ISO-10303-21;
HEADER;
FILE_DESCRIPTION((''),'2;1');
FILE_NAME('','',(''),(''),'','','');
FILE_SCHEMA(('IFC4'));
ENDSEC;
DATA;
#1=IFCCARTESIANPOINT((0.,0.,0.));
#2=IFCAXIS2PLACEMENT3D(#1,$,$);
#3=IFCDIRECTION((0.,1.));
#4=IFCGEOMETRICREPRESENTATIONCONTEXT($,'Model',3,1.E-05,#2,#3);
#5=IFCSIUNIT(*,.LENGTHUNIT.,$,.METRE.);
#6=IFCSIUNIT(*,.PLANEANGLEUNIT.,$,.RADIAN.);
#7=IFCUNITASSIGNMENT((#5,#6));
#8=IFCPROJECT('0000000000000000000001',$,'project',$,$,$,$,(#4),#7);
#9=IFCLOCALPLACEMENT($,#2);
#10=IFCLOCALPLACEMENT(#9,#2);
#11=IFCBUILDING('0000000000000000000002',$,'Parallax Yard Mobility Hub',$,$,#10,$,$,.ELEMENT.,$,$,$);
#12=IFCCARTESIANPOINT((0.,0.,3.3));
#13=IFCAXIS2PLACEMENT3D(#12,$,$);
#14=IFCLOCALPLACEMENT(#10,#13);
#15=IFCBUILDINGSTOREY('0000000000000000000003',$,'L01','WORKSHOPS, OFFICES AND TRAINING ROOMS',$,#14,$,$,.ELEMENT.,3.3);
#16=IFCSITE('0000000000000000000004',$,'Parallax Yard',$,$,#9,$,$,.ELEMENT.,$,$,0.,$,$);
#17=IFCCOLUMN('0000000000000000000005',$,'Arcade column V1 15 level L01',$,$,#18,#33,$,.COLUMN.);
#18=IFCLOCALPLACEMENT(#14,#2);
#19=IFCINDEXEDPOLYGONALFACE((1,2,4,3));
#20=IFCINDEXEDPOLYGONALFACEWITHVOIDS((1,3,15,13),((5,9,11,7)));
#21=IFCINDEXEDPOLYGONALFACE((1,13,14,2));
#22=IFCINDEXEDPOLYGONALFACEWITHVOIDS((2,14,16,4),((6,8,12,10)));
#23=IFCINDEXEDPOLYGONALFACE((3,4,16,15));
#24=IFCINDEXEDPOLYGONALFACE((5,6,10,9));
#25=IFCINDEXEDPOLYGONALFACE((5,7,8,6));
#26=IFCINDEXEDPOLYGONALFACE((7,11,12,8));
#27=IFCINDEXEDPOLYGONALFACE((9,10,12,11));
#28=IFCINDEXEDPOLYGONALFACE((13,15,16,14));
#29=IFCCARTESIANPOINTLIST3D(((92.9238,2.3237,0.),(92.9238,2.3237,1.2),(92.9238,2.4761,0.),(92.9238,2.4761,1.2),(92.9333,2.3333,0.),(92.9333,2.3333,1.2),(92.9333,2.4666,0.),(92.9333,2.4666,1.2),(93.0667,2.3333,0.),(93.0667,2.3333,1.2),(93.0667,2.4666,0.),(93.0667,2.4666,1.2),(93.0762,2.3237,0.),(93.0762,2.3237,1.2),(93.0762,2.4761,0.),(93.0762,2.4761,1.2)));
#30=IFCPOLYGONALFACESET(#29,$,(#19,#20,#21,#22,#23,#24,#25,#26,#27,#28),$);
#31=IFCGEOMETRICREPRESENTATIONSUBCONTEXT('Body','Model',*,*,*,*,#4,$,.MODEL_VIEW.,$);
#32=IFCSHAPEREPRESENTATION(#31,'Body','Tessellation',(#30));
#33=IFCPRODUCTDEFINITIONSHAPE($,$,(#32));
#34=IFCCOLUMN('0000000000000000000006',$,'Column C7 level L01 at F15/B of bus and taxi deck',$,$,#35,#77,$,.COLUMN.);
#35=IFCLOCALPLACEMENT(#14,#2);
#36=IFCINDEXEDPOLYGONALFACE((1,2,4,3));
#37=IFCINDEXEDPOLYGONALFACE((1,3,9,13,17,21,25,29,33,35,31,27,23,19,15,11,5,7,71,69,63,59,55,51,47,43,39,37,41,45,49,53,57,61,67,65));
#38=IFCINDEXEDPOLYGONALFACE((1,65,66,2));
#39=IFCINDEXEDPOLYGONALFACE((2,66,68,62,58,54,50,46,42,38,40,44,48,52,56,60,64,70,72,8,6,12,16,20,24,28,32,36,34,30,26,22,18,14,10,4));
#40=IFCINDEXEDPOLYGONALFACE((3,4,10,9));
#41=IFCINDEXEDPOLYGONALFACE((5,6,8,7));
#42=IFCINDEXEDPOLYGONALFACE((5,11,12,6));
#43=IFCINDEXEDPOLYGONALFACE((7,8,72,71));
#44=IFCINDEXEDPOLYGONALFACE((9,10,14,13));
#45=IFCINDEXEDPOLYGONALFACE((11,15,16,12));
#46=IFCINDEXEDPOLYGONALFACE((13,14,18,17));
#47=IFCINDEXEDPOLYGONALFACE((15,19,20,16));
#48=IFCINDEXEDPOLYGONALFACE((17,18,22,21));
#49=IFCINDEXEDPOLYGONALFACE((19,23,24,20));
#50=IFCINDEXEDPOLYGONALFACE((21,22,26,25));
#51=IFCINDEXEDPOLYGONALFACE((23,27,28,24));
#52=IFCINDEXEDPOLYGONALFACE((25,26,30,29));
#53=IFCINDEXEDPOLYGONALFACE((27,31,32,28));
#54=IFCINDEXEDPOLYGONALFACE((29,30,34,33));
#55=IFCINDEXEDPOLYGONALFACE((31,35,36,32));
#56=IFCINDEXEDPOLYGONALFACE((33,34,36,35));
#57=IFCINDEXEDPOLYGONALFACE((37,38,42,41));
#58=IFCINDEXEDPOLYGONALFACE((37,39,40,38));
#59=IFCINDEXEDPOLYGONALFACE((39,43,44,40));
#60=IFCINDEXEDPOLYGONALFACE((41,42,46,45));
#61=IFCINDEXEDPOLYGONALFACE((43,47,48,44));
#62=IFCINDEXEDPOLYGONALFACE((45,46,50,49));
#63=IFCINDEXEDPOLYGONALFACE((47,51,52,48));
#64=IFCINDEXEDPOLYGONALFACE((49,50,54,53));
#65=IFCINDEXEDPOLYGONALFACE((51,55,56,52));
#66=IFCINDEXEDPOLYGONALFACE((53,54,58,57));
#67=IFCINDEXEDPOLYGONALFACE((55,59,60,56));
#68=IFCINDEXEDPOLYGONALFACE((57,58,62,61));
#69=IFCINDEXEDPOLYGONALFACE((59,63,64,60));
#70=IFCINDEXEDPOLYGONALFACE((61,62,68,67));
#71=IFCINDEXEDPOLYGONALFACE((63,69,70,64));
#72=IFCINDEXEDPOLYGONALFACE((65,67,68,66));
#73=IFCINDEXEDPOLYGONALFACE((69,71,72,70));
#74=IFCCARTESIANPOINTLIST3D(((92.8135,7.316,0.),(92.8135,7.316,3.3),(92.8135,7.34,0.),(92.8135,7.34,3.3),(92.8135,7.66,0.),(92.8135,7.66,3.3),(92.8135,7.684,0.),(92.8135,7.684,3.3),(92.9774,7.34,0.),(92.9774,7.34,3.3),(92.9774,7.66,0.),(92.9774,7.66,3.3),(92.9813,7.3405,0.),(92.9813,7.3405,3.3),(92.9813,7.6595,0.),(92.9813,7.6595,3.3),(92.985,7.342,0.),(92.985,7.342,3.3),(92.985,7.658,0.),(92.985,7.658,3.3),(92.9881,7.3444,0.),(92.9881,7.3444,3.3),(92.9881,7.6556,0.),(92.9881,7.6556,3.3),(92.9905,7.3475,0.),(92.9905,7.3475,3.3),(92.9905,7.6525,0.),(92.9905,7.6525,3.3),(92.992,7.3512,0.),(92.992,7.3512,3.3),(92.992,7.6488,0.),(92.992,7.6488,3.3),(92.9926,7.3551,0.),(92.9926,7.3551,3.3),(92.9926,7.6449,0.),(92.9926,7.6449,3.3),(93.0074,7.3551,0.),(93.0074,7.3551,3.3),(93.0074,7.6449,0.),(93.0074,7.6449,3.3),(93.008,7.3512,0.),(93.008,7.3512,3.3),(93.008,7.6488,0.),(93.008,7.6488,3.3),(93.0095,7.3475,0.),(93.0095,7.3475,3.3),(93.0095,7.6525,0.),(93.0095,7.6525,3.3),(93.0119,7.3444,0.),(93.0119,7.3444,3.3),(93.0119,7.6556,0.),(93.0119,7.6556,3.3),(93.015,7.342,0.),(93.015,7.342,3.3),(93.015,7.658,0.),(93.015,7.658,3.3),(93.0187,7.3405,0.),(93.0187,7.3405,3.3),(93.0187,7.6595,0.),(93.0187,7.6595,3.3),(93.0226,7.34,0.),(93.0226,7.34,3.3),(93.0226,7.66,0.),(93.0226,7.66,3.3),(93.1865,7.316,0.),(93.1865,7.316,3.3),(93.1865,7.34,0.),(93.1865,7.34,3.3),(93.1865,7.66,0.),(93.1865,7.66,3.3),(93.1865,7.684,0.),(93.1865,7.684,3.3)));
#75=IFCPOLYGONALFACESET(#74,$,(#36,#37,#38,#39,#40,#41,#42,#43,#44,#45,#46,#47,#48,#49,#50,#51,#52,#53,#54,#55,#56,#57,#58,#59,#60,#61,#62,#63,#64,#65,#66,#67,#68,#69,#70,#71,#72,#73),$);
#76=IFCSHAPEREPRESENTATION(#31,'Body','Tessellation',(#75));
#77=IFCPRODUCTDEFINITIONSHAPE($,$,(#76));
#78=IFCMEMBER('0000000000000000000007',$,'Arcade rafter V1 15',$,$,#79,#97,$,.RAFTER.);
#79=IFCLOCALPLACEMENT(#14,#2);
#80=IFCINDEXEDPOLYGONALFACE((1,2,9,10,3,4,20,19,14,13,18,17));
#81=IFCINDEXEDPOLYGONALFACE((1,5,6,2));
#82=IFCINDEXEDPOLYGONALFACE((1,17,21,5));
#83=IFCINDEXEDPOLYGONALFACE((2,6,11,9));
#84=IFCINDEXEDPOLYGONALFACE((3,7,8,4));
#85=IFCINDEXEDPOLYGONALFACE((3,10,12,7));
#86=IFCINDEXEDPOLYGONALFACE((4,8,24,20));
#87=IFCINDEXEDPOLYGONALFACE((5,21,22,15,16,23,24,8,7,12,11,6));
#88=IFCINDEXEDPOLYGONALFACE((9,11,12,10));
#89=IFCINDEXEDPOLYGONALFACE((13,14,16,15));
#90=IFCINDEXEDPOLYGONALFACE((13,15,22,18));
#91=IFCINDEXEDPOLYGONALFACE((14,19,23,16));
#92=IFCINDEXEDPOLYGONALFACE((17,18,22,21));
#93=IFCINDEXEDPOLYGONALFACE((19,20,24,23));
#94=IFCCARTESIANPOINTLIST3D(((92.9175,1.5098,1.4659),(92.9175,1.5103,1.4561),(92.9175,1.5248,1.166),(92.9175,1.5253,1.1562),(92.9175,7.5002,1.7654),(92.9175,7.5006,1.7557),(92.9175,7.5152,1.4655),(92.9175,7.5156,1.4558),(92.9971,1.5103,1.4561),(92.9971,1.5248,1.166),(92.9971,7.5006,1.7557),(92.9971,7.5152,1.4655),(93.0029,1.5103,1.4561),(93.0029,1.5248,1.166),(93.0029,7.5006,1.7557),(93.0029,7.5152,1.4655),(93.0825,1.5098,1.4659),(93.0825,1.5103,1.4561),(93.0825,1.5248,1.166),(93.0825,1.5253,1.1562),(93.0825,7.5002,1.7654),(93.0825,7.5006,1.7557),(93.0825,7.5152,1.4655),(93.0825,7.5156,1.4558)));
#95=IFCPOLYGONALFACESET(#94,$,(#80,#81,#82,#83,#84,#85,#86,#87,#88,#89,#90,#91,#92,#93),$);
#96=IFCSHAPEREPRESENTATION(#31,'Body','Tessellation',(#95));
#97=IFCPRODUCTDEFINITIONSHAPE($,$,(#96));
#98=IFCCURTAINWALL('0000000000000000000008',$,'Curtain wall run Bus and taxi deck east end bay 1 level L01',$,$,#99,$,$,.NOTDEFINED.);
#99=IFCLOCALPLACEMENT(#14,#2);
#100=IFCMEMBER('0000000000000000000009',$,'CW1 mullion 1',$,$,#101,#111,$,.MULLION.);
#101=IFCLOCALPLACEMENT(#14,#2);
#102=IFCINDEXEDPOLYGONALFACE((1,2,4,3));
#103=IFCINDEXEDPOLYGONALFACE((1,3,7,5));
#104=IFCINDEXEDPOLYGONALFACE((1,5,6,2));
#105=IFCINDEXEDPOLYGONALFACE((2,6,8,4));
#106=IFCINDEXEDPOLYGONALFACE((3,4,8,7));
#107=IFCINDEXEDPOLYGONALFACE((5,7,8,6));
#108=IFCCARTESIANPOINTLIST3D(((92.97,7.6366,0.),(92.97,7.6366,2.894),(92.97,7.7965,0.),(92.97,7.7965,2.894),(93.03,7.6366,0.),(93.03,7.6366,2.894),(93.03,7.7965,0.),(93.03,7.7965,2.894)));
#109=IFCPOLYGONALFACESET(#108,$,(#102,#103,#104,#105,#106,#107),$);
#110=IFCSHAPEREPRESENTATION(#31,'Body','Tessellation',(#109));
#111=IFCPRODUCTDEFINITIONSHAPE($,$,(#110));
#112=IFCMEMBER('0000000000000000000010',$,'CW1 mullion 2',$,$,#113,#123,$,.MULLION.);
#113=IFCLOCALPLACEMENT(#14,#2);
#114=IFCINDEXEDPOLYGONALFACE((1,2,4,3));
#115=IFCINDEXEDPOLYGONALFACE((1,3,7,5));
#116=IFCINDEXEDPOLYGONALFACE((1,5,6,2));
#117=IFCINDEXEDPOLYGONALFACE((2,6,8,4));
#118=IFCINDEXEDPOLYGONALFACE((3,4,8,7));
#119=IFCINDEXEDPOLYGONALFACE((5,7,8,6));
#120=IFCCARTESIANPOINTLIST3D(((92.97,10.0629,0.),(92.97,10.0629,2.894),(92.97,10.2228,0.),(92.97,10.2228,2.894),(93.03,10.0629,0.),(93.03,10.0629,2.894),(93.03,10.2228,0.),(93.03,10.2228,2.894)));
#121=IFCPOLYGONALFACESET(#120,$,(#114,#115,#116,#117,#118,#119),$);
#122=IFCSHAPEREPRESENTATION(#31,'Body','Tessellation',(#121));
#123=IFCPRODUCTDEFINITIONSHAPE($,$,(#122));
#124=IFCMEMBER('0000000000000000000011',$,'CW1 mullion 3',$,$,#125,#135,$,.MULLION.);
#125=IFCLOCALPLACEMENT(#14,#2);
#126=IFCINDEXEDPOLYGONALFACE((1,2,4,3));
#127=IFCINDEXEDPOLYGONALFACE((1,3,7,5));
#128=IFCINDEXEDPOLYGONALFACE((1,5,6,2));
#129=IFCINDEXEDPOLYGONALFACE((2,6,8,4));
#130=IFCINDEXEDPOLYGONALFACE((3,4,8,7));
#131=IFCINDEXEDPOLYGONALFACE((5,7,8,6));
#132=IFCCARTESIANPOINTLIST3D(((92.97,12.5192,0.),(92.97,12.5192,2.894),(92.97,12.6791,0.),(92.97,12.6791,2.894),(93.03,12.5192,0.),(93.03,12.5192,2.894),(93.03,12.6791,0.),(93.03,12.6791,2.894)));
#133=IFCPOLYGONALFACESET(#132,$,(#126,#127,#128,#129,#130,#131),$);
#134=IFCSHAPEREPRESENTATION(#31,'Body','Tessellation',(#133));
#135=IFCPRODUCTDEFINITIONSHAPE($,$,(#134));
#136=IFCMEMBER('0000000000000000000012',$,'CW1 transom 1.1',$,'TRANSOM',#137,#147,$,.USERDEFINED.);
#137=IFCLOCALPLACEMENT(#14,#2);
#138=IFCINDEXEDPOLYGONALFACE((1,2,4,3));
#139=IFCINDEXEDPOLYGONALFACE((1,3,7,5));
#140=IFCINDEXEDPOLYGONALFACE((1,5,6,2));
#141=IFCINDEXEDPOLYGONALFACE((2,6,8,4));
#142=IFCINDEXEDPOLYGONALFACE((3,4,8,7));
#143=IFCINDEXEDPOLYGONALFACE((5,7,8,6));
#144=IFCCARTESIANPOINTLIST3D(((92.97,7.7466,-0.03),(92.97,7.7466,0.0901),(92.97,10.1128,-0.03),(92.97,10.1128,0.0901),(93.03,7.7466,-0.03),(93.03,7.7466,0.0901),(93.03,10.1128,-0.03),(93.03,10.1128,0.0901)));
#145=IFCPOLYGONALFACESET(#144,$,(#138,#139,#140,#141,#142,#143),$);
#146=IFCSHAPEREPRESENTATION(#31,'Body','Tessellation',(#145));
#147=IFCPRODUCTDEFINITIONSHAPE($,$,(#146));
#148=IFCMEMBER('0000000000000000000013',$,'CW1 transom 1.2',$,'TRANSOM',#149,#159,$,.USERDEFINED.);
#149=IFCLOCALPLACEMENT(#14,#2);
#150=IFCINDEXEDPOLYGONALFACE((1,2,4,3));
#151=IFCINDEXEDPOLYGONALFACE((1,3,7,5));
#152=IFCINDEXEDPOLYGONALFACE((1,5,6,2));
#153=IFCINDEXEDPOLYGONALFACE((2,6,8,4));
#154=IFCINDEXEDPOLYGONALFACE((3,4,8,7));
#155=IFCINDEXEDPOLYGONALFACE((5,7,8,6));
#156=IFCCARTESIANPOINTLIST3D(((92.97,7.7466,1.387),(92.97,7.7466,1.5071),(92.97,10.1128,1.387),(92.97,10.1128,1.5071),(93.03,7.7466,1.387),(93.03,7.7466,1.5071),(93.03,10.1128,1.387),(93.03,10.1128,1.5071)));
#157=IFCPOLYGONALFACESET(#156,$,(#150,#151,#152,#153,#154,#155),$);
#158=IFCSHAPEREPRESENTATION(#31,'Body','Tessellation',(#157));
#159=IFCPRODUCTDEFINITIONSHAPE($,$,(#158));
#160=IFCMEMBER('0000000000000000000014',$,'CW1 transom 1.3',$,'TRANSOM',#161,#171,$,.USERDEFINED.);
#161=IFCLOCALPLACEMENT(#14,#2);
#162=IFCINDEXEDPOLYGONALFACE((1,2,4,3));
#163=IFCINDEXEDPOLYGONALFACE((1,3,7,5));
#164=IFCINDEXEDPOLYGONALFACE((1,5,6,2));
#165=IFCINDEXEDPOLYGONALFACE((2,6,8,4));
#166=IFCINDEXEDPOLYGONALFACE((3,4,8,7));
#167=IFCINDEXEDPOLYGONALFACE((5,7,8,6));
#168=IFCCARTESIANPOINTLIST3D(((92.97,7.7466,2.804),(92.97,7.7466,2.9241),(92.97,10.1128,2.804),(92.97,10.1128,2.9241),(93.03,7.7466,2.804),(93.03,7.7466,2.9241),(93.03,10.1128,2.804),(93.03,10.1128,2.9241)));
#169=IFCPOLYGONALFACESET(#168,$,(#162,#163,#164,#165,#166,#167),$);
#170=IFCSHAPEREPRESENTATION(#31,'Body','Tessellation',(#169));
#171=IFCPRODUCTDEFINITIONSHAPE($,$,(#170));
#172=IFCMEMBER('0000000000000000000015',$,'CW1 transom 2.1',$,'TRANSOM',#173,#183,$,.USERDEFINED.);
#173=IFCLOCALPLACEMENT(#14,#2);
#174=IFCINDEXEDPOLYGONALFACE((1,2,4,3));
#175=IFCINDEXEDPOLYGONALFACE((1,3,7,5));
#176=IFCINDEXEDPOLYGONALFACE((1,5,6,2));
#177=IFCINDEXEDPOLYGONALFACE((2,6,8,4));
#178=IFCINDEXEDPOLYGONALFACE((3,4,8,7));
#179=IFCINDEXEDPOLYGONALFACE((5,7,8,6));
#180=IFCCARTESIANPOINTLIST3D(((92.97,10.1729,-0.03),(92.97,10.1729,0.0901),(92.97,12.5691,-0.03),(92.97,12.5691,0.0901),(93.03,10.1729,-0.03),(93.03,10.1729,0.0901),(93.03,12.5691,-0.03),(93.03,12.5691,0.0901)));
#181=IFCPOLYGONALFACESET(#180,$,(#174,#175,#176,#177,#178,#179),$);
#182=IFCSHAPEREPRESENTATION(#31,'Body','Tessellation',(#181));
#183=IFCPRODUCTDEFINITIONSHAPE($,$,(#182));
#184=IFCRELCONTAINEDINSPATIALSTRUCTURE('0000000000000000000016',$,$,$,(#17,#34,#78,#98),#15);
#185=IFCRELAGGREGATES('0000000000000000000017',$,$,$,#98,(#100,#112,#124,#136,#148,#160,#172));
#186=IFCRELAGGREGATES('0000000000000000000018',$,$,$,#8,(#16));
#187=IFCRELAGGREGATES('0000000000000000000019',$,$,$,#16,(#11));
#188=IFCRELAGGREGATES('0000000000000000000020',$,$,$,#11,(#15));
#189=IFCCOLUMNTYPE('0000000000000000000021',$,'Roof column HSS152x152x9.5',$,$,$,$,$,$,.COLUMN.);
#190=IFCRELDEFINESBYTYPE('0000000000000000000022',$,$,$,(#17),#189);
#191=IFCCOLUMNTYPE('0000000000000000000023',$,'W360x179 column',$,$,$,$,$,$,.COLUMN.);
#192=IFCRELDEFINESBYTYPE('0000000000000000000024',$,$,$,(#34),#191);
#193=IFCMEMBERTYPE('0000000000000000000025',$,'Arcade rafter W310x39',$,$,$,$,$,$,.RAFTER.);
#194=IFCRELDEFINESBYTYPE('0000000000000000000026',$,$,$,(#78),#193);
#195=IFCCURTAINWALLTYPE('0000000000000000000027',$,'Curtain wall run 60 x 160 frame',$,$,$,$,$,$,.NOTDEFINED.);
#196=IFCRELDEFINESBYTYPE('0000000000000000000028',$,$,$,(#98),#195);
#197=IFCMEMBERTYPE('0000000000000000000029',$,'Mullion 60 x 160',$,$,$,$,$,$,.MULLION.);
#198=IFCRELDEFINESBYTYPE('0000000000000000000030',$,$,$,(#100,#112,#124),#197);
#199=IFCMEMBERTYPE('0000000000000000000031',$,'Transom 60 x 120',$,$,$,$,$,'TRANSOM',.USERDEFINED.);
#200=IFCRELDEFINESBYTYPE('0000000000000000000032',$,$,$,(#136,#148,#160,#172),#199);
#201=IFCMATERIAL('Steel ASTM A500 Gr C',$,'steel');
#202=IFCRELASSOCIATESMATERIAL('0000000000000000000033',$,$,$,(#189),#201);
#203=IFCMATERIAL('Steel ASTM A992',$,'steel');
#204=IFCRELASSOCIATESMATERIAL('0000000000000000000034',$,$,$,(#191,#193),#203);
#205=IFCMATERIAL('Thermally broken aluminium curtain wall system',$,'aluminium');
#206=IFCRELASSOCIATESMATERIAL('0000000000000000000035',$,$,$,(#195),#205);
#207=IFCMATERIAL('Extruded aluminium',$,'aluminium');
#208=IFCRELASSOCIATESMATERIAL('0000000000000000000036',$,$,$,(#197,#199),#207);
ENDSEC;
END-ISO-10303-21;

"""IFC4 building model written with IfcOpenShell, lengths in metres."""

from ifc_helpers import new_model, si_unit, direction, frame, origin, origin_2d, place, context, subcontext, project, spatial, rectangle, hollow_rectangle, i_section, extrude, material, material_profile, profile_set, type_object, element, aggregate, save


model = new_model("IFC4")

# Units and contexts
model_context = context("Model", 3, precision=1e-05, world=origin(), true_north=direction((0.0, 1.0)))
body_context = subcontext(model_context, "Body", "Model", "MODEL_VIEW")
ifc_project = project(units=[si_unit("LENGTHUNIT", "METRE"), si_unit("PLANEANGLEUNIT", "RADIAN")], contexts=[model_context])

# Site, building, storey
site_placement = place(None, origin())
site = spatial("IfcSite", under=ifc_project, at=site_placement, Name="Parallax Yard", CompositionType="ELEMENT", RefElevation=0.0)
building_placement = place(site_placement, origin())
building = spatial("IfcBuilding", under=site, at=building_placement, Name="Parallax Yard Mobility Hub", CompositionType="ELEMENT")
storey_placement = place(building_placement, frame((0.0, 0.0, 3.3)))
storey = spatial("IfcBuildingStorey", under=building, at=storey_placement, Name="L01", Description="WORKSHOPS, OFFICES AND TRAINING ROOMS", CompositionType="ELEMENT", Elevation=3.3)

# Columns
ifc_material_1 = material(Name="Steel ASTM A500 Gr C", Category="steel")
ifc_material_profile_1 = material_profile(ifc_material_1, hollow_rectangle(XDim=0.1523, YDim=0.1523, WallThickness=0.0095, at=origin_2d()), Name="HSS152x152x9.5")
ifc_profile_set_1 = profile_set([ifc_material_profile_1], Name="Steel ASTM A500 Gr C")
column_type_1 = type_object("IfcColumnType", Name="Roof column HSS152x152x9.5", PredefinedType="COLUMN", material=ifc_profile_set_1)
column_1_placement = place(storey_placement, frame((93.0, 2.3999, 0.0), z_axis=(0.0, 0.0, 1.0), x_axis=(1.0, 0.0, 0.0)))
element("IfcColumn", 1, at=column_1_placement, inside=storey, type_object=column_type_1, Name="Arcade column V1 15 level L01", PredefinedType="COLUMN", context=body_context, shape_type="SweptSolid", body=[
    extrude(hollow_rectangle(XDim=0.1523, YDim=0.1523, WallThickness=0.0095, at=origin_2d()), origin(), (0.0, 0.0, 1.0), 1.2),
])
ifc_material_2 = material(Name="Steel ASTM A992", Category="steel")
ifc_material_profile_2 = material_profile(ifc_material_2, i_section(OverallWidth=0.373, OverallDepth=0.3679, WebThickness=0.0149, FlangeThickness=0.0239, FilletRadius=0.0151, at=origin_2d()), Name="W360x179")
ifc_profile_set_2 = profile_set([ifc_material_profile_2], Name="Steel ASTM A992")
column_type_2 = type_object("IfcColumnType", Name="W360x179 column", PredefinedType="COLUMN", material=ifc_profile_set_2)
column_2_placement = place(storey_placement, frame((93.0, 7.5, 0.0), z_axis=(0.0, 0.0, 1.0), x_axis=(1.0, 0.0, 0.0)))
element("IfcColumn", 2, at=column_2_placement, inside=storey, type_object=column_type_2, Name="Column C7 level L01 at F15/B of bus and taxi deck", PredefinedType="COLUMN", context=body_context, shape_type="SweptSolid", body=[
    extrude(i_section(OverallWidth=0.373, OverallDepth=0.3679, WebThickness=0.0149, FlangeThickness=0.0239, FilletRadius=0.0151, at=origin_2d()), origin(), (0.0, 0.0, 1.0), 3.3),
])

# Member
ifc_material_profile_3 = material_profile(ifc_material_2, i_section(OverallWidth=0.165, OverallDepth=0.3101, WebThickness=0.0059, FlangeThickness=0.0098, at=origin_2d()), Name="W310x39")
ifc_profile_set_3 = profile_set([ifc_material_profile_3], Name="Steel ASTM A992")
member_type_1 = type_object("IfcMemberType", Name="Arcade rafter W310x39", PredefinedType="RAFTER", material=ifc_profile_set_3)
member_1_placement = place(storey_placement, frame((93.0, 1.5176, 1.311), z_axis=(0.0, 0.998752, 0.049946), x_axis=(-1.0, 0.0, 0.0)))
element("IfcMember", 3, at=member_1_placement, inside=storey, type_object=member_type_1, Name="Arcade rafter V1 15", PredefinedType="RAFTER", context=body_context, shape_type="SweptSolid", body=[
    extrude(i_section(OverallWidth=0.165, OverallDepth=0.3101, WebThickness=0.0059, FlangeThickness=0.0098, at=origin_2d()), origin(), (0.0, 0.0, 1.0), 5.9978),
])

# Curtain wall, members
ifc_material_3 = material(Name="Thermally broken aluminium curtain wall system", Category="aluminium")
curtain_wall_type = type_object("IfcCurtainWallType", Name="Curtain wall run 60 x 160 frame", PredefinedType="NOTDEFINED", material=ifc_material_3)
curtain_wall_placement = place(storey_placement, origin())
curtain_wall = element("IfcCurtainWall", 4, at=curtain_wall_placement, inside=storey, type_object=curtain_wall_type, Name="Curtain wall run Bus and taxi deck east end bay 1 level L01", PredefinedType="NOTDEFINED")
ifc_material_4 = material(Name="Extruded aluminium", Category="aluminium")
ifc_material_profile_4 = material_profile(ifc_material_4, rectangle(XDim=0.0601, YDim=0.1599, at=origin_2d()), Name="Mullion 60 x 160")
ifc_profile_set_4 = profile_set([ifc_material_profile_4], Name="Extruded aluminium")
member_type_2 = type_object("IfcMemberType", Name="Mullion 60 x 160", PredefinedType="MULLION", material=ifc_profile_set_4)
member_2_placement = place(storey_placement, frame((93.0, 7.7166, 0.0), z_axis=(0.0, 0.0, 1.0), x_axis=(-1.0, 0.0, 0.0)))
member_2 = element("IfcMember", 5, at=member_2_placement, type_object=member_type_2, Name="CW1 mullion 1", PredefinedType="MULLION", context=body_context, shape_type="SweptSolid", body=[
    extrude(rectangle(XDim=0.0601, YDim=0.1599, at=origin_2d()), origin(), (0.0, 0.0, 1.0), 2.894),
])
member_3_placement = place(storey_placement, frame((93.0, 10.1428, 0.0), z_axis=(0.0, 0.0, 1.0), x_axis=(-1.0, 0.0, 0.0)))
member_3 = element("IfcMember", 6, at=member_3_placement, type_object=member_type_2, Name="CW1 mullion 2", PredefinedType="MULLION", context=body_context, shape_type="SweptSolid", body=[
    extrude(rectangle(XDim=0.0601, YDim=0.1599, at=origin_2d()), origin(), (0.0, 0.0, 1.0), 2.894),
])
member_4_placement = place(storey_placement, frame((93.0, 12.5991, 0.0), z_axis=(0.0, 0.0, 1.0), x_axis=(-1.0, 0.0, 0.0)))
member_4 = element("IfcMember", 7, at=member_4_placement, type_object=member_type_2, Name="CW1 mullion 3", PredefinedType="MULLION", context=body_context, shape_type="SweptSolid", body=[
    extrude(rectangle(XDim=0.0601, YDim=0.1599, at=origin_2d()), origin(), (0.0, 0.0, 1.0), 2.894),
])
ifc_material_profile_5 = material_profile(ifc_material_4, rectangle(XDim=0.0601, YDim=0.1201, at=origin_2d()), Name="Transom 60 x 120")
ifc_profile_set_5 = profile_set([ifc_material_profile_5], Name="Extruded aluminium")
member_type_3 = type_object("IfcMemberType", Name="Transom 60 x 120", ElementType="TRANSOM", PredefinedType="USERDEFINED", material=ifc_profile_set_5)
member_5_placement = place(storey_placement, frame((93.0, 7.7466, 0.03), z_axis=(0.0, 1.0, 0.0), x_axis=(-1.0, 0.0, 0.0)))
member_5 = element("IfcMember", 8, at=member_5_placement, type_object=member_type_3, Name="CW1 transom 1.1", ObjectType="TRANSOM", PredefinedType="USERDEFINED", context=body_context, shape_type="SweptSolid", body=[
    extrude(rectangle(XDim=0.0601, YDim=0.1201, at=origin_2d()), origin(), (0.0, 0.0, 1.0), 2.3662),
])
member_6_placement = place(storey_placement, frame((93.0, 7.7466, 1.447), z_axis=(0.0, 1.0, 0.0), x_axis=(-1.0, 0.0, 0.0)))
member_6 = element("IfcMember", 9, at=member_6_placement, type_object=member_type_3, Name="CW1 transom 1.2", ObjectType="TRANSOM", PredefinedType="USERDEFINED", context=body_context, shape_type="SweptSolid", body=[
    extrude(rectangle(XDim=0.0601, YDim=0.1201, at=origin_2d()), origin(), (0.0, 0.0, 1.0), 2.3662),
])
member_7_placement = place(storey_placement, frame((93.0, 7.7466, 2.864), z_axis=(0.0, 1.0, 0.0), x_axis=(-1.0, 0.0, 0.0)))
member_7 = element("IfcMember", 10, at=member_7_placement, type_object=member_type_3, Name="CW1 transom 1.3", ObjectType="TRANSOM", PredefinedType="USERDEFINED", context=body_context, shape_type="SweptSolid", body=[
    extrude(rectangle(XDim=0.0601, YDim=0.1201, at=origin_2d()), origin(), (0.0, 0.0, 1.0), 2.3662),
])
member_8_placement = place(storey_placement, frame((93.0, 10.1729, 0.03), z_axis=(0.0, 1.0, 0.0), x_axis=(-1.0, 0.0, 0.0)))
member_8 = element("IfcMember", 11, at=member_8_placement, type_object=member_type_3, Name="CW1 transom 2.1", ObjectType="TRANSOM", PredefinedType="USERDEFINED", context=body_context, shape_type="SweptSolid", body=[
    extrude(rectangle(XDim=0.0601, YDim=0.1201, at=origin_2d()), origin(), (0.0, 0.0, 1.0), 2.3962),
])

aggregate(curtain_wall, [member_2, member_3, member_4, member_5, member_6, member_7, member_8])

save(model, "model.ifc")
